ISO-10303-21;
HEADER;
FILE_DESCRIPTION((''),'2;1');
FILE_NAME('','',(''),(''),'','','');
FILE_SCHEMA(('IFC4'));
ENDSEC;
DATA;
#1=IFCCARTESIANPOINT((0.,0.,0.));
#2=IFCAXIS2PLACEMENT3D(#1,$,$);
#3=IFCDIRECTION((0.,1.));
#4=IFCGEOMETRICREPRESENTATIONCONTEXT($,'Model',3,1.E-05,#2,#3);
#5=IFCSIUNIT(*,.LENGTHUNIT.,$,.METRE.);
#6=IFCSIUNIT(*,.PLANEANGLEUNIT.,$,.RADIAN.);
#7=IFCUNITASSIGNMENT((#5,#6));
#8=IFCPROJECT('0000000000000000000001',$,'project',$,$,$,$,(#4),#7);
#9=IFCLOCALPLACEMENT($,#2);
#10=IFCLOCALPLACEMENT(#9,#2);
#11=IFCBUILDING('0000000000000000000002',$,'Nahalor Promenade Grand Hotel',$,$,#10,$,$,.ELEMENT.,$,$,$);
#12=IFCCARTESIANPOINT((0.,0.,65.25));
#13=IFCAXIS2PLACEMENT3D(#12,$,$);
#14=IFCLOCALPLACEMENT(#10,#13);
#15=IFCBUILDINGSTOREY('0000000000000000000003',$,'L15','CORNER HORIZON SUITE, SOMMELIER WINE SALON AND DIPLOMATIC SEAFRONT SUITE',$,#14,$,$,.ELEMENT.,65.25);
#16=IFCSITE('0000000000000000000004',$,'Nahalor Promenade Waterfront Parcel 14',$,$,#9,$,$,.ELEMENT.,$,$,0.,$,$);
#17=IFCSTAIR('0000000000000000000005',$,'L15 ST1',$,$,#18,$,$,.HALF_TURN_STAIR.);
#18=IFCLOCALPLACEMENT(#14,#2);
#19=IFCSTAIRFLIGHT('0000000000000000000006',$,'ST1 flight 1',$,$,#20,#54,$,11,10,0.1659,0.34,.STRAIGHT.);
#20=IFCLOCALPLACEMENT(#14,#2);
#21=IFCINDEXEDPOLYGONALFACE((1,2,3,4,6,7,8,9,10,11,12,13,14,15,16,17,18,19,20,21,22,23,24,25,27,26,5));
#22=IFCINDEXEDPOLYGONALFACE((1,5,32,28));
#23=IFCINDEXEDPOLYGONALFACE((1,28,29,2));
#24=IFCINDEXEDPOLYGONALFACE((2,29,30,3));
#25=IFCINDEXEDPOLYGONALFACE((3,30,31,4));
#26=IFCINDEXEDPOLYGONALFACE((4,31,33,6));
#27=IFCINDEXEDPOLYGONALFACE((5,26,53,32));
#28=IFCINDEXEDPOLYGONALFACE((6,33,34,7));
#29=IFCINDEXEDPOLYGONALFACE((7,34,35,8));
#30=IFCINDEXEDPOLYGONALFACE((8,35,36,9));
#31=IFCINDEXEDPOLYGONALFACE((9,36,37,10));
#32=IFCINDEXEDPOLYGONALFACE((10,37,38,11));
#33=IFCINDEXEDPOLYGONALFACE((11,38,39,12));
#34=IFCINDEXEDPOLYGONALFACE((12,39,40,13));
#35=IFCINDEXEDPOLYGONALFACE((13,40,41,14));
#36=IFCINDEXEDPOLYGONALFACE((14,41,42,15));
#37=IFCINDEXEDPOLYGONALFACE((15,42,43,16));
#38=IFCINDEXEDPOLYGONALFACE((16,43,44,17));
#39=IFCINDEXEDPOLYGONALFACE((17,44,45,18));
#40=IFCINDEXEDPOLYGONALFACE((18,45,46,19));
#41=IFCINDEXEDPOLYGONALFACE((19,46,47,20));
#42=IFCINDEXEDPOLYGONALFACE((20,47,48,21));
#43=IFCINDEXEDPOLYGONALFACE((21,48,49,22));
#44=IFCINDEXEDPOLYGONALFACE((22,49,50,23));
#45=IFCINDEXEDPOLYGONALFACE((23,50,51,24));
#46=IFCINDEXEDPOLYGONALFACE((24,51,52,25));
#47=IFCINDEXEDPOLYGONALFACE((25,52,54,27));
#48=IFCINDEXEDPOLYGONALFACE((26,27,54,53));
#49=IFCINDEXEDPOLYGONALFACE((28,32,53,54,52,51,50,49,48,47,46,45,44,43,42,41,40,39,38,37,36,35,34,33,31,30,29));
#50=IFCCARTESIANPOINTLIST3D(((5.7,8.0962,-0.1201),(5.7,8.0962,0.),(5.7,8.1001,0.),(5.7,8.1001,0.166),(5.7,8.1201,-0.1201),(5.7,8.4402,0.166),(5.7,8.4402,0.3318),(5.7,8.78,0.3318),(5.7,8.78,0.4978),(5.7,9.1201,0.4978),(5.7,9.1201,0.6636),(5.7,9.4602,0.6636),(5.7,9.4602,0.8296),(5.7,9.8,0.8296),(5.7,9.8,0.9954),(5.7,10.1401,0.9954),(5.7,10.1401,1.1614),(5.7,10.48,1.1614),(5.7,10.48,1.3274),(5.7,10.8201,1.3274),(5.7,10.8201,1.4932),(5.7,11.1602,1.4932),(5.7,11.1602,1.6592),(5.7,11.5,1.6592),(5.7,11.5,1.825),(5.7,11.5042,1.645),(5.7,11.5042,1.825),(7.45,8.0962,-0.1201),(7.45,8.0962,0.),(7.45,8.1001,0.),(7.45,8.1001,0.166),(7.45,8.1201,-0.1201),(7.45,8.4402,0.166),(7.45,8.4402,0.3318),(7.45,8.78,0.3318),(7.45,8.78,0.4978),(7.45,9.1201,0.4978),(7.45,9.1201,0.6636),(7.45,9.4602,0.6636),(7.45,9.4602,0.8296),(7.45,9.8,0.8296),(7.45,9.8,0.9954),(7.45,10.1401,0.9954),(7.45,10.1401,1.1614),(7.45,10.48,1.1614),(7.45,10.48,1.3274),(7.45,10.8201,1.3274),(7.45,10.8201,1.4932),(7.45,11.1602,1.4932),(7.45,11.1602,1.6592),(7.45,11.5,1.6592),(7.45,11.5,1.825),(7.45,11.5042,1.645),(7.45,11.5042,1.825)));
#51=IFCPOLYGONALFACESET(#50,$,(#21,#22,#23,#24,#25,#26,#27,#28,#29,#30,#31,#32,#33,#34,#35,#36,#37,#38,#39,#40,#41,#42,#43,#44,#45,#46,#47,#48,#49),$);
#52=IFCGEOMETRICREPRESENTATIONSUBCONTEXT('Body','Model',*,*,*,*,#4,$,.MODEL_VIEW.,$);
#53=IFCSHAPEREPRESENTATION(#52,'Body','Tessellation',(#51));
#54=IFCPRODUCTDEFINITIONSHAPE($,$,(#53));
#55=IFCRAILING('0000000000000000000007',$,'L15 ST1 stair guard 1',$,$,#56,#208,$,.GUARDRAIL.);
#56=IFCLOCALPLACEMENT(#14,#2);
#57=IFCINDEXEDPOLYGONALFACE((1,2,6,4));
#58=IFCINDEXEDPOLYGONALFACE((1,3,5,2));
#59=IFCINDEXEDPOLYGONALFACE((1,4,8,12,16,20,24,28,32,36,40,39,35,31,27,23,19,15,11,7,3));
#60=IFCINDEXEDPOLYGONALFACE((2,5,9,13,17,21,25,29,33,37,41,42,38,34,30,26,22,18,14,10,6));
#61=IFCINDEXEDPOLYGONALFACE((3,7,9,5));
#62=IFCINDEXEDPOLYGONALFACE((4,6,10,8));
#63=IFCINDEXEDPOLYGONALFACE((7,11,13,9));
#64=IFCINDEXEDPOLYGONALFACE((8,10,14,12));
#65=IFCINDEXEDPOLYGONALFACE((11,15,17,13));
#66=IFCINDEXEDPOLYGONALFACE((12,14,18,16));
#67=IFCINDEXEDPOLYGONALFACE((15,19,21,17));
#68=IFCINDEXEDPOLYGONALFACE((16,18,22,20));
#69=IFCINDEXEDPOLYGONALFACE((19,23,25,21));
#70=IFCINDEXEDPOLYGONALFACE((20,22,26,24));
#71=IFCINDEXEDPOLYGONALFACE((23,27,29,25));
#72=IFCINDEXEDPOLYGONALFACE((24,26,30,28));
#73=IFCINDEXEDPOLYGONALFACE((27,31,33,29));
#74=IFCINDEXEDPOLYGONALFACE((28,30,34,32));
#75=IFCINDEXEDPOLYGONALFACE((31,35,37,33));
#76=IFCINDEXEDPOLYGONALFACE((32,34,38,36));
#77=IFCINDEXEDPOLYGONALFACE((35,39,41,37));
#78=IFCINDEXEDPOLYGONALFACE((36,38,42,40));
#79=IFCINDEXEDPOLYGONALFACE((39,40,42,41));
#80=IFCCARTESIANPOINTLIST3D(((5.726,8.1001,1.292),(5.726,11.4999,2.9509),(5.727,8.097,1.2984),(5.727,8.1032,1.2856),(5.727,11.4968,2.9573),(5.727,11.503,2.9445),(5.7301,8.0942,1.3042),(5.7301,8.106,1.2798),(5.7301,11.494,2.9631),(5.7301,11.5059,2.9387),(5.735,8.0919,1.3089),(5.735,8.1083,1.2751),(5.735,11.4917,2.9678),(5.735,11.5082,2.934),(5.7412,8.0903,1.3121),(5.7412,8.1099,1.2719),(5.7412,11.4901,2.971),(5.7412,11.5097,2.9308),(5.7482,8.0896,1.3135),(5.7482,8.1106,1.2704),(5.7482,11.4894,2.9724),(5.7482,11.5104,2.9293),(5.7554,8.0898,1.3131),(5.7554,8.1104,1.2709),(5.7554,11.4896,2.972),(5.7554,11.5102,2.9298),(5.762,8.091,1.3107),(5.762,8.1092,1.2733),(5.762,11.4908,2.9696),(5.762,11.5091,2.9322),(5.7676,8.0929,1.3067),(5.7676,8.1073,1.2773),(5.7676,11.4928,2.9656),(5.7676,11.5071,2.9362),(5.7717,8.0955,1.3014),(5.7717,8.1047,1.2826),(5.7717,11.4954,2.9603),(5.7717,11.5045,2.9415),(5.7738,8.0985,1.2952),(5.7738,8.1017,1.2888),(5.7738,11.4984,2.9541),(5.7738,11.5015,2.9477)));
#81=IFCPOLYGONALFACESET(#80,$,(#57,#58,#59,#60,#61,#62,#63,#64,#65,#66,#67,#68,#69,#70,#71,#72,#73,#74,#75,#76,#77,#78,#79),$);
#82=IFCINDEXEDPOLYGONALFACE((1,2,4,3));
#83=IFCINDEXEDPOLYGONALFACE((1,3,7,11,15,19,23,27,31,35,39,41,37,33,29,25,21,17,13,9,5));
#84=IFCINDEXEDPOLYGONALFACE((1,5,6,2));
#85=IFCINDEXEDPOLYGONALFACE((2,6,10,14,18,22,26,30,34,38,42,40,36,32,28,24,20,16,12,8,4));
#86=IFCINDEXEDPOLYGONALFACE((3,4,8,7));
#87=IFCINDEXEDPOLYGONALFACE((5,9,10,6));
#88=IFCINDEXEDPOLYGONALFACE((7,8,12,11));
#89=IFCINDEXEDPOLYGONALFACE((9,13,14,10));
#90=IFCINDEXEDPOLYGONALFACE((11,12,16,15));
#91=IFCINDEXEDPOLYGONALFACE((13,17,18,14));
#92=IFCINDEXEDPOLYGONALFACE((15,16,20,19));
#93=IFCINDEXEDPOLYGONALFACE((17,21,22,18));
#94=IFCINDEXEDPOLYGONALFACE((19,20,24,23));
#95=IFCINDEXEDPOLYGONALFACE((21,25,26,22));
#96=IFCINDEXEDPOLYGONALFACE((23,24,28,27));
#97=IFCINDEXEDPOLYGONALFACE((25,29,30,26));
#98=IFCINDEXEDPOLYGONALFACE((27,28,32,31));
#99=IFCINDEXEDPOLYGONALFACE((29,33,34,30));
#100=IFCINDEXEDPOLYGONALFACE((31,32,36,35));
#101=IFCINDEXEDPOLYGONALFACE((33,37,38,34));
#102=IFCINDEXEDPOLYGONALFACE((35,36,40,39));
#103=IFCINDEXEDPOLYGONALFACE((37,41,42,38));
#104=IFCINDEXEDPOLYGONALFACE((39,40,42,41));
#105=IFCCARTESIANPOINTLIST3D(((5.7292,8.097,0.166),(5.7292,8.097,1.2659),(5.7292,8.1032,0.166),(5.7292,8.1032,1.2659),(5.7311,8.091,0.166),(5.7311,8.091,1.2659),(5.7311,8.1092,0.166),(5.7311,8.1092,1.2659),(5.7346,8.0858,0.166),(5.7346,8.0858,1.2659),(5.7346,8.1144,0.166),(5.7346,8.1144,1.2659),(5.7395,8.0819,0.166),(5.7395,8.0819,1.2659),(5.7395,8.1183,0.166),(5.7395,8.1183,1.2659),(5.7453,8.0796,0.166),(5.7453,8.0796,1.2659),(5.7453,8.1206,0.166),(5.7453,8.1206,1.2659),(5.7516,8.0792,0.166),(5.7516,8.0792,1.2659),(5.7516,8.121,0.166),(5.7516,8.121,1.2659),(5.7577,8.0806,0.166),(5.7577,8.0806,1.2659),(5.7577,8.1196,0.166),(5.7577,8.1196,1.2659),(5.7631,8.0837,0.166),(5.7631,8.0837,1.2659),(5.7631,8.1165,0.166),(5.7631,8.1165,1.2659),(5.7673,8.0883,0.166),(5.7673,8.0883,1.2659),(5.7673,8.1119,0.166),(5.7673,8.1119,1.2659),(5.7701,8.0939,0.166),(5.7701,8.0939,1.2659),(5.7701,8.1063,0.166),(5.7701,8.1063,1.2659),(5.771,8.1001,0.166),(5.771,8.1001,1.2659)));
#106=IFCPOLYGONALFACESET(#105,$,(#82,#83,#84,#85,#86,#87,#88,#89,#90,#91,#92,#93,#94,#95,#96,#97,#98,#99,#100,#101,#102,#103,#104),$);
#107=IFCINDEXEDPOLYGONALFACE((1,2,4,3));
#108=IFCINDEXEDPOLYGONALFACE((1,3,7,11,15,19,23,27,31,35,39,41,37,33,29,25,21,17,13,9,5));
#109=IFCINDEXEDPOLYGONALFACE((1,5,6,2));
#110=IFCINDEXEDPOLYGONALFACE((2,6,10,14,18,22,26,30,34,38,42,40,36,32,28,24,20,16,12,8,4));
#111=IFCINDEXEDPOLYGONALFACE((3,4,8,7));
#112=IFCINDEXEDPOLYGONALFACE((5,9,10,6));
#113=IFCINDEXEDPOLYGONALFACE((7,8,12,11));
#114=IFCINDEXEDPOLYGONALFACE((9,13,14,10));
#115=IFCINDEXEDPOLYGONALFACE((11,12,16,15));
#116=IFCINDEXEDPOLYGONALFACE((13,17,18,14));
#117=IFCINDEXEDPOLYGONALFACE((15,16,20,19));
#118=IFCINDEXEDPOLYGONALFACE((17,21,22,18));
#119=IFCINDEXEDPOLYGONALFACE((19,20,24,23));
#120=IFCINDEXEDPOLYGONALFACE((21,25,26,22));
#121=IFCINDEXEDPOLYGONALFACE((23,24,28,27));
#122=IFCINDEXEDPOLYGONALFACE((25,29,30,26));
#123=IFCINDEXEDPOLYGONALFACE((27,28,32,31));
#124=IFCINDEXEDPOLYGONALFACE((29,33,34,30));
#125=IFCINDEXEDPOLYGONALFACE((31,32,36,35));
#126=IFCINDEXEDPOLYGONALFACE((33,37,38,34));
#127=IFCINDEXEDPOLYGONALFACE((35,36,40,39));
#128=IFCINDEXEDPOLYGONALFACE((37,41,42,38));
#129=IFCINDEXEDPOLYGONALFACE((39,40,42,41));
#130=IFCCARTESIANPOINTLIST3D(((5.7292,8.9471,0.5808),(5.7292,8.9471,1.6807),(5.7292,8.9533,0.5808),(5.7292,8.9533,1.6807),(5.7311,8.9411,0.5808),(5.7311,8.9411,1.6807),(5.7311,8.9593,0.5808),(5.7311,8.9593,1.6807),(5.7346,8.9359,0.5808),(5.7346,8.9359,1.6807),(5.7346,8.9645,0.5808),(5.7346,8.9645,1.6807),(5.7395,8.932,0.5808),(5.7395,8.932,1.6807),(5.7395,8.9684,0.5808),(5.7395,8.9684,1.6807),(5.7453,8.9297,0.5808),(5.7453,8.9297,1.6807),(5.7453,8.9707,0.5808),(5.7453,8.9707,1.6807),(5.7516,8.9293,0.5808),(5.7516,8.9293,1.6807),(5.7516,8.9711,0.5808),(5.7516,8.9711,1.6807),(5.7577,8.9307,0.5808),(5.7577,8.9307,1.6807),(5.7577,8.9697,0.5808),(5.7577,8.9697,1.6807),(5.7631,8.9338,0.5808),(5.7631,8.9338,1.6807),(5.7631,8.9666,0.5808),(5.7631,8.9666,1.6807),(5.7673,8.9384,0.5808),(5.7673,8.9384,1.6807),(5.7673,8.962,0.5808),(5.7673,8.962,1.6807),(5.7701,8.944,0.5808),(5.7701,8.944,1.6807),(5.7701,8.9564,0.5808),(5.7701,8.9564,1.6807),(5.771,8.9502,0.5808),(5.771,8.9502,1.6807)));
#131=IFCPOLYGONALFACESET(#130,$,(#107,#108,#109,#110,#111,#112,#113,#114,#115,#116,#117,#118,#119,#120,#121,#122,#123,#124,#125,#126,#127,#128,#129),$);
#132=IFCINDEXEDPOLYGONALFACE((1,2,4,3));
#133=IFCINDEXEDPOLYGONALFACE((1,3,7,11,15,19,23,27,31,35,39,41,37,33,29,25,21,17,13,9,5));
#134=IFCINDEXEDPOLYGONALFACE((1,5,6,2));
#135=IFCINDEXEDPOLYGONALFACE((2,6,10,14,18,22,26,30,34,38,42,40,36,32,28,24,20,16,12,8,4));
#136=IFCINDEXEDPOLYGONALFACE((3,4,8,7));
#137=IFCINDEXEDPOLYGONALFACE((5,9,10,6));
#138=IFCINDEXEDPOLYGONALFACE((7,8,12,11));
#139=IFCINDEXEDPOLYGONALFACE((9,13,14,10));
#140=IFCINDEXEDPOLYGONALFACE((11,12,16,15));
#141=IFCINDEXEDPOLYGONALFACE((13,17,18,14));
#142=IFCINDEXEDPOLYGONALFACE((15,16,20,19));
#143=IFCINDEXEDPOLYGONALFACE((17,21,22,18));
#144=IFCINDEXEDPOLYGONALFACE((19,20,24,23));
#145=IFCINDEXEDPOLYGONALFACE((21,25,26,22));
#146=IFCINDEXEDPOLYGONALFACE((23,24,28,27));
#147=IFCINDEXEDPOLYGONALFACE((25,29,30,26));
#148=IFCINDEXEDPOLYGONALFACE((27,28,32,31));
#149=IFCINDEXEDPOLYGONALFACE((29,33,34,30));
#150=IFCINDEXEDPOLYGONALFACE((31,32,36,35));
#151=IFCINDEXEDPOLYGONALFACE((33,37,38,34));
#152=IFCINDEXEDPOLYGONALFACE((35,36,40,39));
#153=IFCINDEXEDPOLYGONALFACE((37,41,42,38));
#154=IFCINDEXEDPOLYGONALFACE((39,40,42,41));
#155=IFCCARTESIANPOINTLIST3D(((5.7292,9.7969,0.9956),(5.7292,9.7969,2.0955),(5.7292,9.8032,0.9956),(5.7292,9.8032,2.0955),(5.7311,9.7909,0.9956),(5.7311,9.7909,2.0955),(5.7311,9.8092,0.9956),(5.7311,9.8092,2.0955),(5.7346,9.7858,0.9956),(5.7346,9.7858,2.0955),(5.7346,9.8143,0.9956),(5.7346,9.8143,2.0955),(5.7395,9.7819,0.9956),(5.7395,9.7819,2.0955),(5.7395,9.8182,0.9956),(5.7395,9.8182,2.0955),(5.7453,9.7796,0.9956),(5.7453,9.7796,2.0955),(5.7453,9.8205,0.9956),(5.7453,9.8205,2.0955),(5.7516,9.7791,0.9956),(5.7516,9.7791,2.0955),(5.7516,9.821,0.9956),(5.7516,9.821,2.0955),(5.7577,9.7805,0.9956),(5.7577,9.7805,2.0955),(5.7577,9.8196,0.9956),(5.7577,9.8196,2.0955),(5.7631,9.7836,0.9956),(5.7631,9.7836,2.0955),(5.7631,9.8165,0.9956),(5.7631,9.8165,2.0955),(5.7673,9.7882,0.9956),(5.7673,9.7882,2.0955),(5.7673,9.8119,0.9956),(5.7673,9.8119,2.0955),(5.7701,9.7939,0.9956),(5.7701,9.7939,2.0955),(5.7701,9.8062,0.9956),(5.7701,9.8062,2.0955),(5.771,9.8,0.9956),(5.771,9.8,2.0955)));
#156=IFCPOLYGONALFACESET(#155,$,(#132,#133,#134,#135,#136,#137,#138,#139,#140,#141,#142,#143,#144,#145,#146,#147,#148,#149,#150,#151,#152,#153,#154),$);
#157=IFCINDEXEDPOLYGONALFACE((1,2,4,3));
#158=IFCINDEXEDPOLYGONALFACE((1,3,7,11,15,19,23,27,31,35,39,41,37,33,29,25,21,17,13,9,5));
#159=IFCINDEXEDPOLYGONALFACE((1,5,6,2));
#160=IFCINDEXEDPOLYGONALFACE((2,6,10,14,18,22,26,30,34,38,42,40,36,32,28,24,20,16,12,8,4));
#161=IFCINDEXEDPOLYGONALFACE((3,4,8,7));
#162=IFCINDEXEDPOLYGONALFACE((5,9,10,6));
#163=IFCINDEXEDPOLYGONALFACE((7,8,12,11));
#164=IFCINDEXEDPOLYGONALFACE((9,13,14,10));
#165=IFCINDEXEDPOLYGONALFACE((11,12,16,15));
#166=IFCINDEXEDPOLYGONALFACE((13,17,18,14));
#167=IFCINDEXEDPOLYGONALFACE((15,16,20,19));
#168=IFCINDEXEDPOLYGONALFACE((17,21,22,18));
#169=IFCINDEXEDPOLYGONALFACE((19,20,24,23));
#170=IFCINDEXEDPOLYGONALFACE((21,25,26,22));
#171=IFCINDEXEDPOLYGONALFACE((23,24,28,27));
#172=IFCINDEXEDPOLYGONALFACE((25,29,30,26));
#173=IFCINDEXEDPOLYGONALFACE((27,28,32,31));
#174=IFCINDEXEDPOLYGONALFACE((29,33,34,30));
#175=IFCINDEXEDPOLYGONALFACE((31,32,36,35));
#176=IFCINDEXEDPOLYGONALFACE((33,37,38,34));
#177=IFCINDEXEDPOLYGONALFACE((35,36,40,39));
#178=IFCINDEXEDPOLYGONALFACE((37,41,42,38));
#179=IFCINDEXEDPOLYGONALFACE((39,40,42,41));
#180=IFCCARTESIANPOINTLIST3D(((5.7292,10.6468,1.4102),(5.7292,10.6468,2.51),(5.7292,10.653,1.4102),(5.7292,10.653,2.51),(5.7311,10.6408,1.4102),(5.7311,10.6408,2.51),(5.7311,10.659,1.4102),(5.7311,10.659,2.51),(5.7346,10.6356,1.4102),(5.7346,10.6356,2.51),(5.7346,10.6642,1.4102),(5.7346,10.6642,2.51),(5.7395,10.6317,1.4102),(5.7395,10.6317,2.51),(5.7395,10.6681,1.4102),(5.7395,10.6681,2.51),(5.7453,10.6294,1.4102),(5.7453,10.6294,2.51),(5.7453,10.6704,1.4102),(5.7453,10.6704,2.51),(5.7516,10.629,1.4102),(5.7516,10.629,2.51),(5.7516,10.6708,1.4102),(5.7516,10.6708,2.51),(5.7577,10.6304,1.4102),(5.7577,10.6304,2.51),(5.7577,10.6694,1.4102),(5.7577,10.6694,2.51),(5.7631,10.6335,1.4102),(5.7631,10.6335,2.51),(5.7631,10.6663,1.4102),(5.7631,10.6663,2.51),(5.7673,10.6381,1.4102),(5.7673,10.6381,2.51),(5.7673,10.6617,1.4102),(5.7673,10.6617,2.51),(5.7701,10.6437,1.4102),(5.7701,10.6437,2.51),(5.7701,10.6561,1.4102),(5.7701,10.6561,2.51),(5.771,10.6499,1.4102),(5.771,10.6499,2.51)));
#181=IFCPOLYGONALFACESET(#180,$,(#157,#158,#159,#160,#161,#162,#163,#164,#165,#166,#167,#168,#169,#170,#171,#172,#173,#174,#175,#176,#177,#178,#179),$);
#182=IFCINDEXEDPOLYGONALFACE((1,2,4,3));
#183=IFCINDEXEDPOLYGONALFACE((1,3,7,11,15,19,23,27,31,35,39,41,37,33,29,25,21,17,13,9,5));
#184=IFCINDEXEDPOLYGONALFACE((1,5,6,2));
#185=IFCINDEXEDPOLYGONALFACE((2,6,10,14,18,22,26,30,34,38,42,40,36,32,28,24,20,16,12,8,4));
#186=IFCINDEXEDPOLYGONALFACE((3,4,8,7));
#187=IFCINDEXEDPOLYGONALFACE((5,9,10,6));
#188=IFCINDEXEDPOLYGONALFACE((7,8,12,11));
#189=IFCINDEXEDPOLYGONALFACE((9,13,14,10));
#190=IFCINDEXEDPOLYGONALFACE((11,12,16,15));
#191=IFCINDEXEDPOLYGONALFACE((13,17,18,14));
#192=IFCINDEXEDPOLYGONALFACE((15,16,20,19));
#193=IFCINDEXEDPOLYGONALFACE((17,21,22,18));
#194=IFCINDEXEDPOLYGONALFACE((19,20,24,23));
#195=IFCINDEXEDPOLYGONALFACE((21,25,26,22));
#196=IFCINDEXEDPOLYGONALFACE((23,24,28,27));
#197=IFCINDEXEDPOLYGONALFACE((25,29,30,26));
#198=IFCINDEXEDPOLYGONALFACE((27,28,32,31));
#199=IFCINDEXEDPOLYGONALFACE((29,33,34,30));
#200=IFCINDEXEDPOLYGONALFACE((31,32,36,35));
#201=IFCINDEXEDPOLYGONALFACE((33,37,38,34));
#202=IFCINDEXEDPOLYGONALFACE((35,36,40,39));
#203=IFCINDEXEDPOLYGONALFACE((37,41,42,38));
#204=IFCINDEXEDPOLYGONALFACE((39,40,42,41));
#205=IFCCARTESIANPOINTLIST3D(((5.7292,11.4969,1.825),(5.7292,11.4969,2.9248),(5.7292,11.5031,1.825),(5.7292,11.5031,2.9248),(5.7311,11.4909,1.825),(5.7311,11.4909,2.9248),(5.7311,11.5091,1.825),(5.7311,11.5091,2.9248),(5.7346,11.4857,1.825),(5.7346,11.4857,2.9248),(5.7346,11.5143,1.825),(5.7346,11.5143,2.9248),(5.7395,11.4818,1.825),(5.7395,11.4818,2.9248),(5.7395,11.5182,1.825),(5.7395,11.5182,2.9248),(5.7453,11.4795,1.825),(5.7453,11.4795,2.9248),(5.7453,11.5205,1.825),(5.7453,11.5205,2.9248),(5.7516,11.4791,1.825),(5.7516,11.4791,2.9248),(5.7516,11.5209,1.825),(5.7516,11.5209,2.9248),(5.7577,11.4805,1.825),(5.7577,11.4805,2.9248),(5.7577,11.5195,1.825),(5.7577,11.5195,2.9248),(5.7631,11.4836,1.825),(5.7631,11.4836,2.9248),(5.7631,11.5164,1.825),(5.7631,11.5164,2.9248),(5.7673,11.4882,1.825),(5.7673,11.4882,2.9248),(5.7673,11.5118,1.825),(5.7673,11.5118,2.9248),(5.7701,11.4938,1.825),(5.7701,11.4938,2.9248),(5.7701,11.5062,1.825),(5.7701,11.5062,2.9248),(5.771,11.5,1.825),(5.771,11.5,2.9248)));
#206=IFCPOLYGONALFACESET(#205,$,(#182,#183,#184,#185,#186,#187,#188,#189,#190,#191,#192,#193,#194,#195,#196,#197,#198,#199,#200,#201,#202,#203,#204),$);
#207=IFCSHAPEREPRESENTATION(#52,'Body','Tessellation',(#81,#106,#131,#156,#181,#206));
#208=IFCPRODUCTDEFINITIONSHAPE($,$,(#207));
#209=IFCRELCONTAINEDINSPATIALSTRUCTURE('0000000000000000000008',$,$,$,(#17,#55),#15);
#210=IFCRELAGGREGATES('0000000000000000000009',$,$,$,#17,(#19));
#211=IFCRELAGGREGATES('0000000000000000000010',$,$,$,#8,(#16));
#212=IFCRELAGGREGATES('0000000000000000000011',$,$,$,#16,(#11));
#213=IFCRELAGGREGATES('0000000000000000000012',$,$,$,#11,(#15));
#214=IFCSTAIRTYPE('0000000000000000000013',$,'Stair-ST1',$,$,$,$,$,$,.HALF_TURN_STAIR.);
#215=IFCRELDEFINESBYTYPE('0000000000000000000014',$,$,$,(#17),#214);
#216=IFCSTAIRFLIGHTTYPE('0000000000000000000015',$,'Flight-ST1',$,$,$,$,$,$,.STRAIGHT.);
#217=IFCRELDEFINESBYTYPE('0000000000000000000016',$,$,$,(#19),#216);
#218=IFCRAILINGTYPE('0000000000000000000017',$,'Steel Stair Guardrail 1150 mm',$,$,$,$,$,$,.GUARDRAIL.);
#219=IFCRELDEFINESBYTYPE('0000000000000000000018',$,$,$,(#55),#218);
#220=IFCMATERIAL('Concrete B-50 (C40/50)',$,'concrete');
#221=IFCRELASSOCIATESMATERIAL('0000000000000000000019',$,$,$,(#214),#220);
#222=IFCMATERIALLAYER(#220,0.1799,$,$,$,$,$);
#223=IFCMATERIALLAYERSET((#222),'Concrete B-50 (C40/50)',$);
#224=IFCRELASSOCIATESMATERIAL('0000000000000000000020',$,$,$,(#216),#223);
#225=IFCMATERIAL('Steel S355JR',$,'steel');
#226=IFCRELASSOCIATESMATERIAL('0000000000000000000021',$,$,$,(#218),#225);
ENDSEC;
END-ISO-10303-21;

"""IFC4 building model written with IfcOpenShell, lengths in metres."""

from ifc_helpers import new_model, si_unit, direction, frame, origin, origin_2d, place, context, subcontext, project, spatial, polyline, circle, outline, extrude, source, transform, mapped, material, layer, layer_set, type_object, element, aggregate, save


model = new_model("IFC4")

# Units and contexts
model_context = context("Model", 3, precision=1e-05, world=origin(), true_north=direction((0.0, 1.0)))
body_context = subcontext(model_context, "Body", "Model", "MODEL_VIEW")
ifc_project = project(units=[si_unit("LENGTHUNIT", "METRE"), si_unit("PLANEANGLEUNIT", "RADIAN")], contexts=[model_context])

# Site, building, storey
site_placement = place(None, origin())
site = spatial("IfcSite", under=ifc_project, at=site_placement, Name="Nahalor Promenade Waterfront Parcel 14", CompositionType="ELEMENT", RefElevation=0.0)
building_placement = place(site_placement, origin())
building = spatial("IfcBuilding", under=site, at=building_placement, Name="Nahalor Promenade Grand Hotel", CompositionType="ELEMENT")
storey_placement = place(building_placement, frame((0.0, 0.0, 65.25)))
storey = spatial("IfcBuildingStorey", under=building, at=storey_placement, Name="L15", Description="CORNER HORIZON SUITE, SOMMELIER WINE SALON AND DIPLOMATIC SEAFRONT SUITE", CompositionType="ELEMENT", Elevation=65.25)

# Shared definitions
ifc_material_1 = material(Name="Steel S355JR", Category="steel")

# Shared definitions
ifc_material_2 = material(Name="Concrete B-50 (C40/50)", Category="concrete")

# Stair, stair flight
stair_type = type_object("IfcStairType", Name="Stair-ST1", PredefinedType="HALF_TURN_STAIR", material=ifc_material_2)
stair_placement = place(storey_placement, origin())
stair = element("IfcStair", 1, at=stair_placement, inside=storey, type_object=stair_type, Name="L15 ST1", PredefinedType="HALF_TURN_STAIR")
ifc_layer_1 = layer(ifc_material_2, 0.1799)
ifc_layer_set_1 = layer_set([ifc_layer_1], Name="Concrete B-50 (C40/50)")
stair_flight_type = type_object("IfcStairFlightType", Name="Flight-ST1", PredefinedType="STRAIGHT", material=ifc_layer_set_1)
shared_shape_1 = source(origin(), body_context, "Body", "SweptSolid", [
    extrude(outline(polyline([(-0.0039, -0.1201), (-0.0039, 0.0), (0.0, 0.0), (0.0, 0.166), (0.3401, 0.166), (0.3401, 0.3318), (0.6799, 0.3318), (0.6799, 0.4978), (1.02, 0.4978), (1.02, 0.6636), (1.3601, 0.6636), (1.3601, 0.8296), (1.7, 0.8296), (1.7, 0.9954), (2.04, 0.9954), (2.04, 1.1614), (2.3799, 1.1614), (2.3799, 1.3274), (2.72, 1.3274), (2.72, 1.4932), (3.0601, 1.4932), (3.0601, 1.6592), (3.3999, 1.6592), (3.3999, 1.825), (3.4041, 1.825), (3.4041, 1.645), (0.02, -0.1201), (-0.0039, -0.1201)])), frame((0.0, 0.875, 0.0), z_axis=(0.0, -1.0, 0.0), x_axis=(1.0, 0.0, 0.0)), (0.0, 0.0, 1.0), 1.75),
])
stair_flight_placement = place(storey_placement, frame((6.575, 8.1001, 0.0), z_axis=(0.0, 0.0, 1.0), x_axis=(0.0, 1.0, 0.0)))
stair_flight = element("IfcStairFlight", 2, at=stair_flight_placement, type_object=stair_flight_type, Name="ST1 flight 1", NumberOfRisers=11, NumberOfTreads=10, PredefinedType="STRAIGHT", RiserHeight=0.1659, TreadLength=0.34, context=body_context, shape_type="MappedRepresentation", body=[
    mapped(shared_shape_1, transform((0.0, 0.0, 0.0), scale=1.0)),
])
aggregate(stair, [stair_flight])

# Railing
railing_type_1 = type_object("IfcRailingType", Name="Steel Stair Guardrail 1150 mm", PredefinedType="GUARDRAIL", material=ifc_material_1)
railing_1_placement = place(storey_placement, frame((5.75, 8.1001, 0.166)))
element("IfcRailing", 3, at=railing_1_placement, inside=storey, type_object=railing_type_1, Name="L15 ST1 stair guard 1", PredefinedType="GUARDRAIL", context=body_context, shape_type="SweptSolid", body=[
    extrude(circle(Radius=0.024, at=origin_2d()), frame((0.0, 0.0, 1.126), z_axis=(0.0, 0.898722, 0.438519), x_axis=(-1.0, 0.0, 0.0)), (0.0, 0.0, 1.0), 3.783),
    extrude(circle(Radius=0.021, at=origin_2d()), origin(), (0.0, 0.0, 1.0), 1.0999),
    extrude(circle(Radius=0.021, at=origin_2d()), frame((0.0, 0.8501, 0.4148)), (0.0, 0.0, 1.0), 1.0999),
    extrude(circle(Radius=0.021, at=origin_2d()), frame((0.0, 1.7, 0.8296)), (0.0, 0.0, 1.0), 1.0999),
    extrude(circle(Radius=0.021, at=origin_2d()), frame((0.0, 2.5498, 1.2441)), (0.0, 0.0, 1.0), 1.0999),
    extrude(circle(Radius=0.021, at=origin_2d()), frame((0.0, 3.3999, 1.6589)), (0.0, 0.0, 1.0), 1.0999),
])

save(model, "model.ifc")
